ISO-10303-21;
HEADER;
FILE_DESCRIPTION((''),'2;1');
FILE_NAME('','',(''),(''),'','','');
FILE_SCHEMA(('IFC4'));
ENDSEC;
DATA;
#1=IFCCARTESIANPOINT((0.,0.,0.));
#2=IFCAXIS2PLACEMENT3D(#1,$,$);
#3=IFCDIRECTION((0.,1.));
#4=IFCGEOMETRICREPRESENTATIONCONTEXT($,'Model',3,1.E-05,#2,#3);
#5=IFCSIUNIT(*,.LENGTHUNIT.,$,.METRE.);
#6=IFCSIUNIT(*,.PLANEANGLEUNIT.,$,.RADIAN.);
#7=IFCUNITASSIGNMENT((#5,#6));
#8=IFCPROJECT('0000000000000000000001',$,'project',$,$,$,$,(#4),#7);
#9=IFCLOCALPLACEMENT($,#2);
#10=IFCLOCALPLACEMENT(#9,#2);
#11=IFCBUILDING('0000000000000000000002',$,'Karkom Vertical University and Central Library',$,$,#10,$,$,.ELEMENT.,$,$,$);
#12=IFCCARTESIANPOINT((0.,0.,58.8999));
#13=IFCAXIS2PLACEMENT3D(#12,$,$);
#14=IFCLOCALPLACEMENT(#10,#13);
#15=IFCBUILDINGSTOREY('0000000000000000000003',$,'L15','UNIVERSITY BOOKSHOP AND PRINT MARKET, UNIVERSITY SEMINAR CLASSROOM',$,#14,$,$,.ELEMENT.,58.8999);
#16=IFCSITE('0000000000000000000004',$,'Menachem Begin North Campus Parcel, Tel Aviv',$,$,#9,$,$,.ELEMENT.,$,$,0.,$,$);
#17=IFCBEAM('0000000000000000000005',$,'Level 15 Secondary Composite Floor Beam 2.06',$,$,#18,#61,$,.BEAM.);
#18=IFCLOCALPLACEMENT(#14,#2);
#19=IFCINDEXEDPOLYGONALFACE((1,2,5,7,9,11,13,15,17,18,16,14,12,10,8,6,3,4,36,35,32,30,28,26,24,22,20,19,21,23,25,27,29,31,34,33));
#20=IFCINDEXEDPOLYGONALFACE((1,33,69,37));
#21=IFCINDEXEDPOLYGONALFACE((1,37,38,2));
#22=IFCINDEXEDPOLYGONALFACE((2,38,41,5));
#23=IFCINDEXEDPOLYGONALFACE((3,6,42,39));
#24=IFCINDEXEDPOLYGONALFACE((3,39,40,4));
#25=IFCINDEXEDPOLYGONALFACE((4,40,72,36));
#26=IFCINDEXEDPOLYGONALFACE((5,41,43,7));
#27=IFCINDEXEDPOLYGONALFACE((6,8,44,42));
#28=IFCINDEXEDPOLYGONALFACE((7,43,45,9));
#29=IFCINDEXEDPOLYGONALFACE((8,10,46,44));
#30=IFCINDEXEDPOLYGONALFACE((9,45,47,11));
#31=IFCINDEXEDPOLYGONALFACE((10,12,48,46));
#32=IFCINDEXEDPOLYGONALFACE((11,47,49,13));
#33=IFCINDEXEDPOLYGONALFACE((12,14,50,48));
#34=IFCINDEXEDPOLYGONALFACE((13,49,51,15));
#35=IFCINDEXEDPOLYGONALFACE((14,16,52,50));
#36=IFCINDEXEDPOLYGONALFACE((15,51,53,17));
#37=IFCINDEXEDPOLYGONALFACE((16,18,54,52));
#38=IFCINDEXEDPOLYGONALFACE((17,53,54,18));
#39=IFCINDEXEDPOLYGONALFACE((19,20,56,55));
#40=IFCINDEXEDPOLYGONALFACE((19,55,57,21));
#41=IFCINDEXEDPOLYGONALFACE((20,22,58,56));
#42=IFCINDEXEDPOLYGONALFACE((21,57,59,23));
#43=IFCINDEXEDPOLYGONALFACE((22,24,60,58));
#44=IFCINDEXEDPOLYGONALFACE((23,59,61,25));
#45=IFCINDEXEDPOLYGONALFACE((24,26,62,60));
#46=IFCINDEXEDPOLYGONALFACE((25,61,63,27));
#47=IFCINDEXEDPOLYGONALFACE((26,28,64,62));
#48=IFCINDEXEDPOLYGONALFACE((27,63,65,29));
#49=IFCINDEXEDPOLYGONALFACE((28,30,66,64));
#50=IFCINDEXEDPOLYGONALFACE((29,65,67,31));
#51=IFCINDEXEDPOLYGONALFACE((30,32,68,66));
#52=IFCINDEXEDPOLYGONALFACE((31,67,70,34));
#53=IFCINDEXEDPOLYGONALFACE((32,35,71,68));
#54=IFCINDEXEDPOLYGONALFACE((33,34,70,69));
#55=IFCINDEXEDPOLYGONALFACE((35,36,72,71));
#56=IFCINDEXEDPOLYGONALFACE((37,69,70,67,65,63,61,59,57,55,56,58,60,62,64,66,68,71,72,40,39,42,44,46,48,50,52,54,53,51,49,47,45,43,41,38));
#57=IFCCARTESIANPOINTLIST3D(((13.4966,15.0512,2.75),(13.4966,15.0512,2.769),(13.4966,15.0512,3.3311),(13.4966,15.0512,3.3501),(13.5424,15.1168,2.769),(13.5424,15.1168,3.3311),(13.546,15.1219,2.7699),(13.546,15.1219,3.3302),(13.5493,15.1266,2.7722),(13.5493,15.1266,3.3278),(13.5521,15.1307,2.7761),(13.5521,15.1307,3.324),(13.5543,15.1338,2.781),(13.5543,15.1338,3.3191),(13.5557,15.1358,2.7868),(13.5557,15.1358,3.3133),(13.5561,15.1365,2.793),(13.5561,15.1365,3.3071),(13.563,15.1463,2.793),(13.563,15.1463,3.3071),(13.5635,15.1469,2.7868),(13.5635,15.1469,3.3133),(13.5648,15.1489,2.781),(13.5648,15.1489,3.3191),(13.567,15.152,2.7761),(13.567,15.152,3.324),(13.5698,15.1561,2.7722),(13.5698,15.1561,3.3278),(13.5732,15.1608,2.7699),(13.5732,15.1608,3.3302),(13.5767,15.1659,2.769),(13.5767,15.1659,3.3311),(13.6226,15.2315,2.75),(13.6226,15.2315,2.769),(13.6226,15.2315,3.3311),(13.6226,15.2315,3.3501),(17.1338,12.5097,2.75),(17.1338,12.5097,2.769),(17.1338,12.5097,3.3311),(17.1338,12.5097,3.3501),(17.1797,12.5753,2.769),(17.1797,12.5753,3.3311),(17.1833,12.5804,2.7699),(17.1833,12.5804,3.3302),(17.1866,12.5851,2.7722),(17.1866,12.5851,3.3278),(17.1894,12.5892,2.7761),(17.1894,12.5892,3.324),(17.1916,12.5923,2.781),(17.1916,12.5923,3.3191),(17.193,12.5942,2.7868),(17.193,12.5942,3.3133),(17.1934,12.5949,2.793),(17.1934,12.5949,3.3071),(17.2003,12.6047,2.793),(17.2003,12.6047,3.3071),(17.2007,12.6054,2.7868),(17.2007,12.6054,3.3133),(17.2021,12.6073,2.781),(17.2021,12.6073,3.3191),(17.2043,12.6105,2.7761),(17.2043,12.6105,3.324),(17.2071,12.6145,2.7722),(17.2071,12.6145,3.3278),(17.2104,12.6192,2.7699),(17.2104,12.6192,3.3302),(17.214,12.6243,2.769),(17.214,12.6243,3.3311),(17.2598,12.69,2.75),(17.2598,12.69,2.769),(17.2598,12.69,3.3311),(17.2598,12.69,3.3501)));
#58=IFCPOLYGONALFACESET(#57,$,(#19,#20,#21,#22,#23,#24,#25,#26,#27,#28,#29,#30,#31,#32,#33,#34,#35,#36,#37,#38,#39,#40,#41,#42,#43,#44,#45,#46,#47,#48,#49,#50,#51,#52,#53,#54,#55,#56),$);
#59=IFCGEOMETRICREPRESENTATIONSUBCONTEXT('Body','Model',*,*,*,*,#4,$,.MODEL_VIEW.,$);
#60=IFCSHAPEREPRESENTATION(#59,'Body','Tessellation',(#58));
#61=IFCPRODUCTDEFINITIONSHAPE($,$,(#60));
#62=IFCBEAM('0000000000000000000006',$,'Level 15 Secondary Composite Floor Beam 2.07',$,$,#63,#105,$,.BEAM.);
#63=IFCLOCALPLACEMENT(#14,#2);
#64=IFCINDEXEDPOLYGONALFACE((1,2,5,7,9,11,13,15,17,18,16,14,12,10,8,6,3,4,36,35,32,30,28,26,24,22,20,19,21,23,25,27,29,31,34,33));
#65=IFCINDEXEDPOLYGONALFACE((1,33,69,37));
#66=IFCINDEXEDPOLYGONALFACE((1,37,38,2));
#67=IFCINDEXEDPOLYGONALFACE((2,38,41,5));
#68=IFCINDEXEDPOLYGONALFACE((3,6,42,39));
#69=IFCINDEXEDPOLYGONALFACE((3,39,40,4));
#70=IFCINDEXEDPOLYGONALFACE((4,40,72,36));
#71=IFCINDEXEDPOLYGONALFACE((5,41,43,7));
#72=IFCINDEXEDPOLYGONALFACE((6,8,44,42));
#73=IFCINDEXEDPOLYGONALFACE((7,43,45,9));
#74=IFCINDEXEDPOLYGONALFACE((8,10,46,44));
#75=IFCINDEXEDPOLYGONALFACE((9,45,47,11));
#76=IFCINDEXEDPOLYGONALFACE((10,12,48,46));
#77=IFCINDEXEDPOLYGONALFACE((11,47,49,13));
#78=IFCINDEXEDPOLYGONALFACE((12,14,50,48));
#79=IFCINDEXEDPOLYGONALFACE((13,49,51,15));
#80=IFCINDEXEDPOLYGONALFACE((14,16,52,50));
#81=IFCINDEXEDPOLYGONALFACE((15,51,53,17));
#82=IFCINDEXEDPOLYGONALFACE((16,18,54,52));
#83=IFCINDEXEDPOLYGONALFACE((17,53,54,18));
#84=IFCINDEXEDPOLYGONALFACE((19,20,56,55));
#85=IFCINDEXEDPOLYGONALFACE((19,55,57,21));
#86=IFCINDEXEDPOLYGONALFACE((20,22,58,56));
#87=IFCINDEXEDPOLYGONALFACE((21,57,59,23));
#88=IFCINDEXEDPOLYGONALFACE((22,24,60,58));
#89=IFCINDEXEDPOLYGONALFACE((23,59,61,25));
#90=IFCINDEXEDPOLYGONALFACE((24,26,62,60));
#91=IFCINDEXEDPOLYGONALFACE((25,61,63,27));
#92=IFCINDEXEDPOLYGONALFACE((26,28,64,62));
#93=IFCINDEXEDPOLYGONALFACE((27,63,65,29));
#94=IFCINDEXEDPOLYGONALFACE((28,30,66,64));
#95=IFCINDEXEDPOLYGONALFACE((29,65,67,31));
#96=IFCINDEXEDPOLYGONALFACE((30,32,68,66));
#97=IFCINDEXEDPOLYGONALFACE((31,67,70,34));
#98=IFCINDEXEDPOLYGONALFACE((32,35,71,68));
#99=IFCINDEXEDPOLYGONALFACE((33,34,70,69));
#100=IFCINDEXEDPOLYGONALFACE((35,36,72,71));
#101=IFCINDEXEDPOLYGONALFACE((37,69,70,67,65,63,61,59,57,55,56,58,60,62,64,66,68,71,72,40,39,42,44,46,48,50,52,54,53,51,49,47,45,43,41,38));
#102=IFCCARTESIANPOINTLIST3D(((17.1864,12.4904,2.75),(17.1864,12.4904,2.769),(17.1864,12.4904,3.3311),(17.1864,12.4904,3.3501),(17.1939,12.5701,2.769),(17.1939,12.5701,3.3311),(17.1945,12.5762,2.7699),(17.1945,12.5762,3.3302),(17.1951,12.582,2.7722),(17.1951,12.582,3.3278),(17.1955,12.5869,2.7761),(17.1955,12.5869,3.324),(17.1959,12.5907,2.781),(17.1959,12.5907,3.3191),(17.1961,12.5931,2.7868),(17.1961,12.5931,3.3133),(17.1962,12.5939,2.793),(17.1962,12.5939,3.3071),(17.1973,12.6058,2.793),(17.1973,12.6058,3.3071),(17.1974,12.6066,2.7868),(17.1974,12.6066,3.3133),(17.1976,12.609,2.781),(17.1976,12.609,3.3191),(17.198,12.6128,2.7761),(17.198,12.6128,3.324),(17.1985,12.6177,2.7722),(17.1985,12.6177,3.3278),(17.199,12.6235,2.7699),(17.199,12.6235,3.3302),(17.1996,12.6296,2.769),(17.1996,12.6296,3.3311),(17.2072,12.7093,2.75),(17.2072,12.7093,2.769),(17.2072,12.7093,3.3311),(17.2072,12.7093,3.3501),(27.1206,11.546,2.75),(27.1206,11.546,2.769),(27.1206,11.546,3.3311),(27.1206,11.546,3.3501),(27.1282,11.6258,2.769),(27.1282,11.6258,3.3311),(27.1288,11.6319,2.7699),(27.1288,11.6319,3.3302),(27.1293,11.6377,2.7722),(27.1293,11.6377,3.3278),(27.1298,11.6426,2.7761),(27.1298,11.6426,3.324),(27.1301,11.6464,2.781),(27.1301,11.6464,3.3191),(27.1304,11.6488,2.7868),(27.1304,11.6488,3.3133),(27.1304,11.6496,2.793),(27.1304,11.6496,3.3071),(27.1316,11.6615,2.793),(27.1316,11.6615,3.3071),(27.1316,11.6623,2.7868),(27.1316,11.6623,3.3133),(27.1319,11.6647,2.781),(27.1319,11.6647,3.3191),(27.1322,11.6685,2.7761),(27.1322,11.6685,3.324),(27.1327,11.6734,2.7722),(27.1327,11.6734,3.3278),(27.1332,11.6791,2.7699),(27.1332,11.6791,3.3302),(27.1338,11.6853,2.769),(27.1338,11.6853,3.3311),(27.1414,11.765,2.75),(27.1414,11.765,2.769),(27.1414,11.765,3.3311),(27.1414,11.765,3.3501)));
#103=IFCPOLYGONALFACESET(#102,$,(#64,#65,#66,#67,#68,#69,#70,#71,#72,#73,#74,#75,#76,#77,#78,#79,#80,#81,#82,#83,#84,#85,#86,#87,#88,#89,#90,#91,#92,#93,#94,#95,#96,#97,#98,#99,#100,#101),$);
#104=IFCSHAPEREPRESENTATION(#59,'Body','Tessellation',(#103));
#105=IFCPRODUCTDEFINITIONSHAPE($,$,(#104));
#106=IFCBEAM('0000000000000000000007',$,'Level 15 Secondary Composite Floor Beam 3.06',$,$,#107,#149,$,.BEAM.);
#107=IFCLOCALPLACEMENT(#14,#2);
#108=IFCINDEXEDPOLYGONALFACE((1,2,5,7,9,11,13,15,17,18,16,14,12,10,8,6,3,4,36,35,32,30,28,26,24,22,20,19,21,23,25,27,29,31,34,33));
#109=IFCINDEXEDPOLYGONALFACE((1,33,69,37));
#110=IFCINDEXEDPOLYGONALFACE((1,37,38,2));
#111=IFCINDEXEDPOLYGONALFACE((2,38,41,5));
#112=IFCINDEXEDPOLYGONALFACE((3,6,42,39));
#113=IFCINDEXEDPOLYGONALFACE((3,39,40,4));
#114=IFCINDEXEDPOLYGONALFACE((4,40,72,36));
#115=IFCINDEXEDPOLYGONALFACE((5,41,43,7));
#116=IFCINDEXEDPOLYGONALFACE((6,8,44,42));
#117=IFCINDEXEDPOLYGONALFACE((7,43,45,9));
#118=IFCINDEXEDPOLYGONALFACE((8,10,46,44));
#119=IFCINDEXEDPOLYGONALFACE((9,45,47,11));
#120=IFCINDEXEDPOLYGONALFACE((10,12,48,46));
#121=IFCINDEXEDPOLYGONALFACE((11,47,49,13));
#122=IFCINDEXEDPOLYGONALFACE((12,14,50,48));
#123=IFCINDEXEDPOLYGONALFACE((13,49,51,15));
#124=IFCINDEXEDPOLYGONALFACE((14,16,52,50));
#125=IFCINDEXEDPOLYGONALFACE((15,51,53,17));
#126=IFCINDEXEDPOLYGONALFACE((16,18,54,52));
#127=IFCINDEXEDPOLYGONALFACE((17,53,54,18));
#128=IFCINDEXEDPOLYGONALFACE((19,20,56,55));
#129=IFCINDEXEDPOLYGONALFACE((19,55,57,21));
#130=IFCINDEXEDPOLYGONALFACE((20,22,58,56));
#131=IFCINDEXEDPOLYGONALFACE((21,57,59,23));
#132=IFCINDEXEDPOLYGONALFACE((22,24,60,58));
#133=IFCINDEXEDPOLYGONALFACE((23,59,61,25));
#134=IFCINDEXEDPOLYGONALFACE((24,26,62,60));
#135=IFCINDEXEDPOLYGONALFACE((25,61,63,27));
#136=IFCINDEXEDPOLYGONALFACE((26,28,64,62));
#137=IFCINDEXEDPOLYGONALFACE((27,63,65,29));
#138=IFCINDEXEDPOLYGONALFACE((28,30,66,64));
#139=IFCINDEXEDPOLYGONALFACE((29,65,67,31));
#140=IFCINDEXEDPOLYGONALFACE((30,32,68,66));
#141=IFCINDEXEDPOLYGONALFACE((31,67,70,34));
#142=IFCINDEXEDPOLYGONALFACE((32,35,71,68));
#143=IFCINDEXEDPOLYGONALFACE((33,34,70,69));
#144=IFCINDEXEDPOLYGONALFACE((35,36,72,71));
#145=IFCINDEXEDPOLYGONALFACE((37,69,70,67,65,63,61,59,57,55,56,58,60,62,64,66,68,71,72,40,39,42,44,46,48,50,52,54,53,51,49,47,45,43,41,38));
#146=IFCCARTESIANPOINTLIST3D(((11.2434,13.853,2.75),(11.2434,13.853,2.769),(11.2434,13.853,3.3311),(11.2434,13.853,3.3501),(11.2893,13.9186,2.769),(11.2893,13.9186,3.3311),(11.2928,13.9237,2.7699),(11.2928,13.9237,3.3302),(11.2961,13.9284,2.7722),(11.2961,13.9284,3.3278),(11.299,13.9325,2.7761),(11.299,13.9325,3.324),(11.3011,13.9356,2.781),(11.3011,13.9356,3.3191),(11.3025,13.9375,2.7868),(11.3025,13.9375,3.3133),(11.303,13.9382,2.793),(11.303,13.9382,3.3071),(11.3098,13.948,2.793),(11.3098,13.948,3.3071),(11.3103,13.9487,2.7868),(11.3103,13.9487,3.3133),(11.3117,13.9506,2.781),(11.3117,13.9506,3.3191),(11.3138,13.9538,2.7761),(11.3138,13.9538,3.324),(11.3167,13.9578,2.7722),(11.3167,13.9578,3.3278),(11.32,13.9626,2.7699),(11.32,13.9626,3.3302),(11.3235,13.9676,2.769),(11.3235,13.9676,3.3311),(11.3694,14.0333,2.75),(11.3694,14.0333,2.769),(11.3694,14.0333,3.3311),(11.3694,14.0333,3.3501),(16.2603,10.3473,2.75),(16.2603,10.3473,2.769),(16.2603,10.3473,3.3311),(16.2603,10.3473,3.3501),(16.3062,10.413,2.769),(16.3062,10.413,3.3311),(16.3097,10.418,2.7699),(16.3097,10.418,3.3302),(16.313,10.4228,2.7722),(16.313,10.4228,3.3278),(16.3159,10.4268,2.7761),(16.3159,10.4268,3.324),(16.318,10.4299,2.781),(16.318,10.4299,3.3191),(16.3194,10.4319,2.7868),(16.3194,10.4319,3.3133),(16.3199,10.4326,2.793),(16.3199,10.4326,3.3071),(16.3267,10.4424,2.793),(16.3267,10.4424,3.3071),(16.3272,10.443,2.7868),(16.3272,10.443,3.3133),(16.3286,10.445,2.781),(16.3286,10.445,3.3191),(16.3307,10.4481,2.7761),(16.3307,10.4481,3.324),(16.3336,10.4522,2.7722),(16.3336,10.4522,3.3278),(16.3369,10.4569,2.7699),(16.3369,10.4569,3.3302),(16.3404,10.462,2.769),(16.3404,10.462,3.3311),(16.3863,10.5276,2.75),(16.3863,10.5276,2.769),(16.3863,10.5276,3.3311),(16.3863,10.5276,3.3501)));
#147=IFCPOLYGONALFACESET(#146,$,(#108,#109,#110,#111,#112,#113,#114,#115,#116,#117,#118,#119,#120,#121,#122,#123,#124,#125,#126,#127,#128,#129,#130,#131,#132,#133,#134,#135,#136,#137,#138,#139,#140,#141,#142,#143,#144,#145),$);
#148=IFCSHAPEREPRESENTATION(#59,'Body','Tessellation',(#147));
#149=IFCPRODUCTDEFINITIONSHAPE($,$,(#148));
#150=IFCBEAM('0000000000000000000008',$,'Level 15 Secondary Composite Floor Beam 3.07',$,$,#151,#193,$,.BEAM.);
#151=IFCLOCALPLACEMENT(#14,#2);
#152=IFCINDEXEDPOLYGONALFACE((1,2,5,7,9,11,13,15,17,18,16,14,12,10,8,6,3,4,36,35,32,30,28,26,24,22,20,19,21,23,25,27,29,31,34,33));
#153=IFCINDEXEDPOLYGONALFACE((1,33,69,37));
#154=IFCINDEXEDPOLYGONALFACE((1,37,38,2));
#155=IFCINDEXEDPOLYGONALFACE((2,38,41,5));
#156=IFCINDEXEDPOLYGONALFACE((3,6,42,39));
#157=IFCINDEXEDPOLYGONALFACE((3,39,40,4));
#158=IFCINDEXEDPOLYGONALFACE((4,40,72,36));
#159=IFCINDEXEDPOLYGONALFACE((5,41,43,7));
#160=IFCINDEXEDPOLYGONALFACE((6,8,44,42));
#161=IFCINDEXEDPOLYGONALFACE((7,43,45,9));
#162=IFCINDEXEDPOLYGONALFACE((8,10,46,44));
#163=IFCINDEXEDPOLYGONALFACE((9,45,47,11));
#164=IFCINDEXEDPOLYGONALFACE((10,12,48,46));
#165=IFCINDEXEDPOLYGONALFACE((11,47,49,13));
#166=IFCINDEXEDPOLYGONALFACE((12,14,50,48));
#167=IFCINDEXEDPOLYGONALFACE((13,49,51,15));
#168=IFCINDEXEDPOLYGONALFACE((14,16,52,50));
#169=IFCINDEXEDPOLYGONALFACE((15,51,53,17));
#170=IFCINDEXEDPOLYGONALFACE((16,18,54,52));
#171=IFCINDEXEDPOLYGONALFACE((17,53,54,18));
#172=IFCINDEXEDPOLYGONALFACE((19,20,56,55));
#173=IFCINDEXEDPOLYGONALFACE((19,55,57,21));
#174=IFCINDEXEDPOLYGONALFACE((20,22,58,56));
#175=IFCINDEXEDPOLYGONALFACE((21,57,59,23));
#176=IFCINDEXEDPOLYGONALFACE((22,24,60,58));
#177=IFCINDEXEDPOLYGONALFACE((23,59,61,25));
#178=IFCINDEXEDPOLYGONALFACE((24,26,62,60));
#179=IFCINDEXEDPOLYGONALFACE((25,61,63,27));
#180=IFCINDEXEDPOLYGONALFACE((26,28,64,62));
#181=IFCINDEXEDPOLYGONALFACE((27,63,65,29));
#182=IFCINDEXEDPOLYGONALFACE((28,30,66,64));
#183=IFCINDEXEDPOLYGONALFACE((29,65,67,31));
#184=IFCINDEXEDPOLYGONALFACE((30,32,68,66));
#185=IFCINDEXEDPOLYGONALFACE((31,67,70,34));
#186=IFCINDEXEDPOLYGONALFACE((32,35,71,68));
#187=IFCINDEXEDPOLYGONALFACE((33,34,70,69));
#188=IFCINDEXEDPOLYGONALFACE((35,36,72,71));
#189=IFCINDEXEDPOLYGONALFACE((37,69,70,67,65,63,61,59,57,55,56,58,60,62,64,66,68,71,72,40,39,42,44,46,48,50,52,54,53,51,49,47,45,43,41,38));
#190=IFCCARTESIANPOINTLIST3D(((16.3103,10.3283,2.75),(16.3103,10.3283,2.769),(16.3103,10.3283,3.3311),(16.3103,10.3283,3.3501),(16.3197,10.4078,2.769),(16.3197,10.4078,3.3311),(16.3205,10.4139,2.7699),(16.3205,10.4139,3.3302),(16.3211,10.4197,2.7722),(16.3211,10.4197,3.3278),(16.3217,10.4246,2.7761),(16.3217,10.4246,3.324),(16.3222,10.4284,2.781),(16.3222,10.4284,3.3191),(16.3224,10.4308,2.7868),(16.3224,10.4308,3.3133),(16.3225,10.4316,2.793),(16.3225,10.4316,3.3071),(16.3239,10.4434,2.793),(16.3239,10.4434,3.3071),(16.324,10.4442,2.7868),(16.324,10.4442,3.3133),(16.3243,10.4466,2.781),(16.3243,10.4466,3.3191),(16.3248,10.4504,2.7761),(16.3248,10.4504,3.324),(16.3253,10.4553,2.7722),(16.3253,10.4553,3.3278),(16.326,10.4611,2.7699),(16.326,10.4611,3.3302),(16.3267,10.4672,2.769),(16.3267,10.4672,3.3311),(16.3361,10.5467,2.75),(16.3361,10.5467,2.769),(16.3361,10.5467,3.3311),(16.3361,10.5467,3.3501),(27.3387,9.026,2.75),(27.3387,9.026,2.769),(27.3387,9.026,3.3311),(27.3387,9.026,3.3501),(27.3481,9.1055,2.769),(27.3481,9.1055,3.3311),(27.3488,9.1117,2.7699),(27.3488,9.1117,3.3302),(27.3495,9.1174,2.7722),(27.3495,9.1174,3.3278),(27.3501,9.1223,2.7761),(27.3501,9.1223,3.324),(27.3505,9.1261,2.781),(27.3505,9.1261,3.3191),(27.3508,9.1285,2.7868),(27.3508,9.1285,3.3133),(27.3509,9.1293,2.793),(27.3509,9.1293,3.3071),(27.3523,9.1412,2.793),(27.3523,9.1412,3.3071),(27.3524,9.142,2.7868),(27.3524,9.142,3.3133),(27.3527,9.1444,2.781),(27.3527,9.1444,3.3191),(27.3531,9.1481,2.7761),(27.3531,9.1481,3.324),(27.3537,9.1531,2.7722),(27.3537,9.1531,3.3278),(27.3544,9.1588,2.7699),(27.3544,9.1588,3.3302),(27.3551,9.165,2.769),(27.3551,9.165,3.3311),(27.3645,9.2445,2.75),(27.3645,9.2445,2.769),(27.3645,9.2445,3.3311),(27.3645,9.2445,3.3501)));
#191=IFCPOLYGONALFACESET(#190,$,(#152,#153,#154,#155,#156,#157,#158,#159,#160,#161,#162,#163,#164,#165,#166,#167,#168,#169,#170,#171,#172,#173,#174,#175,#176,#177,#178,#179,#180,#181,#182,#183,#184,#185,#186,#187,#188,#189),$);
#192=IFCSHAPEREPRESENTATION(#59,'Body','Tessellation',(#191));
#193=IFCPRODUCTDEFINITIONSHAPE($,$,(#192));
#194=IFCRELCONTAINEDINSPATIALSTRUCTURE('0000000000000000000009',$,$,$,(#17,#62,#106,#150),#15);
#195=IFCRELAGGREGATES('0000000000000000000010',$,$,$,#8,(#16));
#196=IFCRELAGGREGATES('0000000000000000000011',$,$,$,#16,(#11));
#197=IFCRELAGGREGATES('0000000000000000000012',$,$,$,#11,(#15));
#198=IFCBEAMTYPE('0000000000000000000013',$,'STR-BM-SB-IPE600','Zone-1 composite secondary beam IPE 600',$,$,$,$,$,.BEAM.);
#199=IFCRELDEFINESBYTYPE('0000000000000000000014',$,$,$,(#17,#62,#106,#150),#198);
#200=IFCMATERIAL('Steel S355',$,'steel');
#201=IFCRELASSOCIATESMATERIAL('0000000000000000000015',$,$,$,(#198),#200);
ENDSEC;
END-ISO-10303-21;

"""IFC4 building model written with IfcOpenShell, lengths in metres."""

from ifc_helpers import new_model, si_unit, direction, frame, origin, origin_with_axes, origin_2d, place, context, subcontext, project, spatial, i_section, extrude, source, transform, mapped, material, material_profile, profile_set, type_object, element, save


model = new_model("IFC4")

# Units and contexts
model_context = context("Model", 3, precision=1e-05, world=origin(), true_north=direction((0.0, 1.0)))
body_context = subcontext(model_context, "Body", "Model", "MODEL_VIEW")
ifc_project = project(units=[si_unit("LENGTHUNIT", "METRE"), si_unit("PLANEANGLEUNIT", "RADIAN")], contexts=[model_context])

# Site, building, storey
site_placement = place(None, origin())
site = spatial("IfcSite", under=ifc_project, at=site_placement, Name="Menachem Begin North Campus Parcel, Tel Aviv", CompositionType="ELEMENT", RefElevation=0.0)
building_placement = place(site_placement, origin())
building = spatial("IfcBuilding", under=site, at=building_placement, Name="Karkom Vertical University and Central Library", CompositionType="ELEMENT")
storey_placement = place(building_placement, frame((0.0, 0.0, 58.8999)))
storey = spatial("IfcBuildingStorey", under=building, at=storey_placement, Name="L15", Description="UNIVERSITY BOOKSHOP AND PRINT MARKET, UNIVERSITY SEMINAR CLASSROOM", CompositionType="ELEMENT", Elevation=58.8999)

# Beams
ifc_material_1 = material(Name="Steel S355", Category="steel")
ifc_material_profile_1 = material_profile(ifc_material_1, i_section(OverallWidth=0.22, OverallDepth=0.6001, WebThickness=0.012, FlangeThickness=0.019, FilletRadius=0.0239, at=origin_2d()), Name="IPE 600")
ifc_profile_set_1 = profile_set([ifc_material_profile_1], Name="Steel S355")
beam_type_1 = type_object("IfcBeamType", Name="STR-BM-SB-IPE600", Description="Zone-1 composite secondary beam IPE 600", PredefinedType="BEAM", material=ifc_profile_set_1)
shared_shape_1 = source(origin_with_axes(), body_context, "Body", "SweptSolid", [
    extrude(i_section(OverallWidth=0.22, OverallDepth=0.6001, WebThickness=0.012, FlangeThickness=0.019, FilletRadius=0.0239, at=origin_2d()), origin(), (0.0, 0.0, 1.0), 4.4373),
])
beam_1_placement = place(storey_placement, frame((13.5596, 15.1414, 3.05), z_axis=(0.819712, -0.572775, 0.0), x_axis=(0.572775, 0.819712, 0.0)))
element("IfcBeam", 1, at=beam_1_placement, inside=storey, type_object=beam_type_1, Name="Level 15 Secondary Composite Floor Beam 2.06", PredefinedType="BEAM", context=body_context, shape_type="MappedRepresentation", body=[
    mapped(shared_shape_1, transform((0.0, 0.0, 0.0), scale=1.0)),
])
shared_shape_2 = source(origin_with_axes(), body_context, "Body", "SweptSolid", [
    extrude(i_section(OverallWidth=0.22, OverallDepth=0.6001, WebThickness=0.012, FlangeThickness=0.019, FilletRadius=0.0239, at=origin_2d()), origin(), (0.0, 0.0, 1.0), 9.979),
])
beam_2_placement = place(storey_placement, frame((17.1968, 12.5999, 3.05), z_axis=(0.995512, -0.094631, 0.0), x_axis=(0.094631, 0.995512, 0.0)))
element("IfcBeam", 2, at=beam_2_placement, inside=storey, type_object=beam_type_1, Name="Level 15 Secondary Composite Floor Beam 2.07", PredefinedType="BEAM", context=body_context, shape_type="MappedRepresentation", body=[
    mapped(shared_shape_2, transform((0.0, 0.0, 0.0), scale=1.0)),
])
shared_shape_3 = source(origin_with_axes(), body_context, "Body", "SweptSolid", [
    extrude(i_section(OverallWidth=0.22, OverallDepth=0.6001, WebThickness=0.012, FlangeThickness=0.019, FilletRadius=0.0239, at=origin_2d()), origin(), (0.0, 0.0, 1.0), 6.1204),
])
beam_3_placement = place(storey_placement, frame((11.3064, 13.9431, 3.05), z_axis=(0.819706, -0.572785, 0.0), x_axis=(0.572785, 0.819706, 0.0)))
element("IfcBeam", 3, at=beam_3_placement, inside=storey, type_object=beam_type_1, Name="Level 15 Secondary Composite Floor Beam 3.06", PredefinedType="BEAM", context=body_context, shape_type="MappedRepresentation", body=[
    mapped(shared_shape_3, transform((0.0, 0.0, 0.0), scale=1.0)),
])
shared_shape_4 = source(origin_with_axes(), body_context, "Body", "SweptSolid", [
    extrude(i_section(OverallWidth=0.22, OverallDepth=0.6001, WebThickness=0.012, FlangeThickness=0.019, FilletRadius=0.0239, at=origin_2d()), origin(), (0.0, 0.0, 1.0), 11.105),
])
beam_4_placement = place(storey_placement, frame((16.3232, 10.4375, 3.05), z_axis=(0.9931, -0.117267, 0.0), x_axis=(0.117267, 0.9931, 0.0)))
element("IfcBeam", 4, at=beam_4_placement, inside=storey, type_object=beam_type_1, Name="Level 15 Secondary Composite Floor Beam 3.07", PredefinedType="BEAM", context=body_context, shape_type="MappedRepresentation", body=[
    mapped(shared_shape_4, transform((0.0, 0.0, 0.0), scale=1.0)),
])

save(model, "model.ifc")
